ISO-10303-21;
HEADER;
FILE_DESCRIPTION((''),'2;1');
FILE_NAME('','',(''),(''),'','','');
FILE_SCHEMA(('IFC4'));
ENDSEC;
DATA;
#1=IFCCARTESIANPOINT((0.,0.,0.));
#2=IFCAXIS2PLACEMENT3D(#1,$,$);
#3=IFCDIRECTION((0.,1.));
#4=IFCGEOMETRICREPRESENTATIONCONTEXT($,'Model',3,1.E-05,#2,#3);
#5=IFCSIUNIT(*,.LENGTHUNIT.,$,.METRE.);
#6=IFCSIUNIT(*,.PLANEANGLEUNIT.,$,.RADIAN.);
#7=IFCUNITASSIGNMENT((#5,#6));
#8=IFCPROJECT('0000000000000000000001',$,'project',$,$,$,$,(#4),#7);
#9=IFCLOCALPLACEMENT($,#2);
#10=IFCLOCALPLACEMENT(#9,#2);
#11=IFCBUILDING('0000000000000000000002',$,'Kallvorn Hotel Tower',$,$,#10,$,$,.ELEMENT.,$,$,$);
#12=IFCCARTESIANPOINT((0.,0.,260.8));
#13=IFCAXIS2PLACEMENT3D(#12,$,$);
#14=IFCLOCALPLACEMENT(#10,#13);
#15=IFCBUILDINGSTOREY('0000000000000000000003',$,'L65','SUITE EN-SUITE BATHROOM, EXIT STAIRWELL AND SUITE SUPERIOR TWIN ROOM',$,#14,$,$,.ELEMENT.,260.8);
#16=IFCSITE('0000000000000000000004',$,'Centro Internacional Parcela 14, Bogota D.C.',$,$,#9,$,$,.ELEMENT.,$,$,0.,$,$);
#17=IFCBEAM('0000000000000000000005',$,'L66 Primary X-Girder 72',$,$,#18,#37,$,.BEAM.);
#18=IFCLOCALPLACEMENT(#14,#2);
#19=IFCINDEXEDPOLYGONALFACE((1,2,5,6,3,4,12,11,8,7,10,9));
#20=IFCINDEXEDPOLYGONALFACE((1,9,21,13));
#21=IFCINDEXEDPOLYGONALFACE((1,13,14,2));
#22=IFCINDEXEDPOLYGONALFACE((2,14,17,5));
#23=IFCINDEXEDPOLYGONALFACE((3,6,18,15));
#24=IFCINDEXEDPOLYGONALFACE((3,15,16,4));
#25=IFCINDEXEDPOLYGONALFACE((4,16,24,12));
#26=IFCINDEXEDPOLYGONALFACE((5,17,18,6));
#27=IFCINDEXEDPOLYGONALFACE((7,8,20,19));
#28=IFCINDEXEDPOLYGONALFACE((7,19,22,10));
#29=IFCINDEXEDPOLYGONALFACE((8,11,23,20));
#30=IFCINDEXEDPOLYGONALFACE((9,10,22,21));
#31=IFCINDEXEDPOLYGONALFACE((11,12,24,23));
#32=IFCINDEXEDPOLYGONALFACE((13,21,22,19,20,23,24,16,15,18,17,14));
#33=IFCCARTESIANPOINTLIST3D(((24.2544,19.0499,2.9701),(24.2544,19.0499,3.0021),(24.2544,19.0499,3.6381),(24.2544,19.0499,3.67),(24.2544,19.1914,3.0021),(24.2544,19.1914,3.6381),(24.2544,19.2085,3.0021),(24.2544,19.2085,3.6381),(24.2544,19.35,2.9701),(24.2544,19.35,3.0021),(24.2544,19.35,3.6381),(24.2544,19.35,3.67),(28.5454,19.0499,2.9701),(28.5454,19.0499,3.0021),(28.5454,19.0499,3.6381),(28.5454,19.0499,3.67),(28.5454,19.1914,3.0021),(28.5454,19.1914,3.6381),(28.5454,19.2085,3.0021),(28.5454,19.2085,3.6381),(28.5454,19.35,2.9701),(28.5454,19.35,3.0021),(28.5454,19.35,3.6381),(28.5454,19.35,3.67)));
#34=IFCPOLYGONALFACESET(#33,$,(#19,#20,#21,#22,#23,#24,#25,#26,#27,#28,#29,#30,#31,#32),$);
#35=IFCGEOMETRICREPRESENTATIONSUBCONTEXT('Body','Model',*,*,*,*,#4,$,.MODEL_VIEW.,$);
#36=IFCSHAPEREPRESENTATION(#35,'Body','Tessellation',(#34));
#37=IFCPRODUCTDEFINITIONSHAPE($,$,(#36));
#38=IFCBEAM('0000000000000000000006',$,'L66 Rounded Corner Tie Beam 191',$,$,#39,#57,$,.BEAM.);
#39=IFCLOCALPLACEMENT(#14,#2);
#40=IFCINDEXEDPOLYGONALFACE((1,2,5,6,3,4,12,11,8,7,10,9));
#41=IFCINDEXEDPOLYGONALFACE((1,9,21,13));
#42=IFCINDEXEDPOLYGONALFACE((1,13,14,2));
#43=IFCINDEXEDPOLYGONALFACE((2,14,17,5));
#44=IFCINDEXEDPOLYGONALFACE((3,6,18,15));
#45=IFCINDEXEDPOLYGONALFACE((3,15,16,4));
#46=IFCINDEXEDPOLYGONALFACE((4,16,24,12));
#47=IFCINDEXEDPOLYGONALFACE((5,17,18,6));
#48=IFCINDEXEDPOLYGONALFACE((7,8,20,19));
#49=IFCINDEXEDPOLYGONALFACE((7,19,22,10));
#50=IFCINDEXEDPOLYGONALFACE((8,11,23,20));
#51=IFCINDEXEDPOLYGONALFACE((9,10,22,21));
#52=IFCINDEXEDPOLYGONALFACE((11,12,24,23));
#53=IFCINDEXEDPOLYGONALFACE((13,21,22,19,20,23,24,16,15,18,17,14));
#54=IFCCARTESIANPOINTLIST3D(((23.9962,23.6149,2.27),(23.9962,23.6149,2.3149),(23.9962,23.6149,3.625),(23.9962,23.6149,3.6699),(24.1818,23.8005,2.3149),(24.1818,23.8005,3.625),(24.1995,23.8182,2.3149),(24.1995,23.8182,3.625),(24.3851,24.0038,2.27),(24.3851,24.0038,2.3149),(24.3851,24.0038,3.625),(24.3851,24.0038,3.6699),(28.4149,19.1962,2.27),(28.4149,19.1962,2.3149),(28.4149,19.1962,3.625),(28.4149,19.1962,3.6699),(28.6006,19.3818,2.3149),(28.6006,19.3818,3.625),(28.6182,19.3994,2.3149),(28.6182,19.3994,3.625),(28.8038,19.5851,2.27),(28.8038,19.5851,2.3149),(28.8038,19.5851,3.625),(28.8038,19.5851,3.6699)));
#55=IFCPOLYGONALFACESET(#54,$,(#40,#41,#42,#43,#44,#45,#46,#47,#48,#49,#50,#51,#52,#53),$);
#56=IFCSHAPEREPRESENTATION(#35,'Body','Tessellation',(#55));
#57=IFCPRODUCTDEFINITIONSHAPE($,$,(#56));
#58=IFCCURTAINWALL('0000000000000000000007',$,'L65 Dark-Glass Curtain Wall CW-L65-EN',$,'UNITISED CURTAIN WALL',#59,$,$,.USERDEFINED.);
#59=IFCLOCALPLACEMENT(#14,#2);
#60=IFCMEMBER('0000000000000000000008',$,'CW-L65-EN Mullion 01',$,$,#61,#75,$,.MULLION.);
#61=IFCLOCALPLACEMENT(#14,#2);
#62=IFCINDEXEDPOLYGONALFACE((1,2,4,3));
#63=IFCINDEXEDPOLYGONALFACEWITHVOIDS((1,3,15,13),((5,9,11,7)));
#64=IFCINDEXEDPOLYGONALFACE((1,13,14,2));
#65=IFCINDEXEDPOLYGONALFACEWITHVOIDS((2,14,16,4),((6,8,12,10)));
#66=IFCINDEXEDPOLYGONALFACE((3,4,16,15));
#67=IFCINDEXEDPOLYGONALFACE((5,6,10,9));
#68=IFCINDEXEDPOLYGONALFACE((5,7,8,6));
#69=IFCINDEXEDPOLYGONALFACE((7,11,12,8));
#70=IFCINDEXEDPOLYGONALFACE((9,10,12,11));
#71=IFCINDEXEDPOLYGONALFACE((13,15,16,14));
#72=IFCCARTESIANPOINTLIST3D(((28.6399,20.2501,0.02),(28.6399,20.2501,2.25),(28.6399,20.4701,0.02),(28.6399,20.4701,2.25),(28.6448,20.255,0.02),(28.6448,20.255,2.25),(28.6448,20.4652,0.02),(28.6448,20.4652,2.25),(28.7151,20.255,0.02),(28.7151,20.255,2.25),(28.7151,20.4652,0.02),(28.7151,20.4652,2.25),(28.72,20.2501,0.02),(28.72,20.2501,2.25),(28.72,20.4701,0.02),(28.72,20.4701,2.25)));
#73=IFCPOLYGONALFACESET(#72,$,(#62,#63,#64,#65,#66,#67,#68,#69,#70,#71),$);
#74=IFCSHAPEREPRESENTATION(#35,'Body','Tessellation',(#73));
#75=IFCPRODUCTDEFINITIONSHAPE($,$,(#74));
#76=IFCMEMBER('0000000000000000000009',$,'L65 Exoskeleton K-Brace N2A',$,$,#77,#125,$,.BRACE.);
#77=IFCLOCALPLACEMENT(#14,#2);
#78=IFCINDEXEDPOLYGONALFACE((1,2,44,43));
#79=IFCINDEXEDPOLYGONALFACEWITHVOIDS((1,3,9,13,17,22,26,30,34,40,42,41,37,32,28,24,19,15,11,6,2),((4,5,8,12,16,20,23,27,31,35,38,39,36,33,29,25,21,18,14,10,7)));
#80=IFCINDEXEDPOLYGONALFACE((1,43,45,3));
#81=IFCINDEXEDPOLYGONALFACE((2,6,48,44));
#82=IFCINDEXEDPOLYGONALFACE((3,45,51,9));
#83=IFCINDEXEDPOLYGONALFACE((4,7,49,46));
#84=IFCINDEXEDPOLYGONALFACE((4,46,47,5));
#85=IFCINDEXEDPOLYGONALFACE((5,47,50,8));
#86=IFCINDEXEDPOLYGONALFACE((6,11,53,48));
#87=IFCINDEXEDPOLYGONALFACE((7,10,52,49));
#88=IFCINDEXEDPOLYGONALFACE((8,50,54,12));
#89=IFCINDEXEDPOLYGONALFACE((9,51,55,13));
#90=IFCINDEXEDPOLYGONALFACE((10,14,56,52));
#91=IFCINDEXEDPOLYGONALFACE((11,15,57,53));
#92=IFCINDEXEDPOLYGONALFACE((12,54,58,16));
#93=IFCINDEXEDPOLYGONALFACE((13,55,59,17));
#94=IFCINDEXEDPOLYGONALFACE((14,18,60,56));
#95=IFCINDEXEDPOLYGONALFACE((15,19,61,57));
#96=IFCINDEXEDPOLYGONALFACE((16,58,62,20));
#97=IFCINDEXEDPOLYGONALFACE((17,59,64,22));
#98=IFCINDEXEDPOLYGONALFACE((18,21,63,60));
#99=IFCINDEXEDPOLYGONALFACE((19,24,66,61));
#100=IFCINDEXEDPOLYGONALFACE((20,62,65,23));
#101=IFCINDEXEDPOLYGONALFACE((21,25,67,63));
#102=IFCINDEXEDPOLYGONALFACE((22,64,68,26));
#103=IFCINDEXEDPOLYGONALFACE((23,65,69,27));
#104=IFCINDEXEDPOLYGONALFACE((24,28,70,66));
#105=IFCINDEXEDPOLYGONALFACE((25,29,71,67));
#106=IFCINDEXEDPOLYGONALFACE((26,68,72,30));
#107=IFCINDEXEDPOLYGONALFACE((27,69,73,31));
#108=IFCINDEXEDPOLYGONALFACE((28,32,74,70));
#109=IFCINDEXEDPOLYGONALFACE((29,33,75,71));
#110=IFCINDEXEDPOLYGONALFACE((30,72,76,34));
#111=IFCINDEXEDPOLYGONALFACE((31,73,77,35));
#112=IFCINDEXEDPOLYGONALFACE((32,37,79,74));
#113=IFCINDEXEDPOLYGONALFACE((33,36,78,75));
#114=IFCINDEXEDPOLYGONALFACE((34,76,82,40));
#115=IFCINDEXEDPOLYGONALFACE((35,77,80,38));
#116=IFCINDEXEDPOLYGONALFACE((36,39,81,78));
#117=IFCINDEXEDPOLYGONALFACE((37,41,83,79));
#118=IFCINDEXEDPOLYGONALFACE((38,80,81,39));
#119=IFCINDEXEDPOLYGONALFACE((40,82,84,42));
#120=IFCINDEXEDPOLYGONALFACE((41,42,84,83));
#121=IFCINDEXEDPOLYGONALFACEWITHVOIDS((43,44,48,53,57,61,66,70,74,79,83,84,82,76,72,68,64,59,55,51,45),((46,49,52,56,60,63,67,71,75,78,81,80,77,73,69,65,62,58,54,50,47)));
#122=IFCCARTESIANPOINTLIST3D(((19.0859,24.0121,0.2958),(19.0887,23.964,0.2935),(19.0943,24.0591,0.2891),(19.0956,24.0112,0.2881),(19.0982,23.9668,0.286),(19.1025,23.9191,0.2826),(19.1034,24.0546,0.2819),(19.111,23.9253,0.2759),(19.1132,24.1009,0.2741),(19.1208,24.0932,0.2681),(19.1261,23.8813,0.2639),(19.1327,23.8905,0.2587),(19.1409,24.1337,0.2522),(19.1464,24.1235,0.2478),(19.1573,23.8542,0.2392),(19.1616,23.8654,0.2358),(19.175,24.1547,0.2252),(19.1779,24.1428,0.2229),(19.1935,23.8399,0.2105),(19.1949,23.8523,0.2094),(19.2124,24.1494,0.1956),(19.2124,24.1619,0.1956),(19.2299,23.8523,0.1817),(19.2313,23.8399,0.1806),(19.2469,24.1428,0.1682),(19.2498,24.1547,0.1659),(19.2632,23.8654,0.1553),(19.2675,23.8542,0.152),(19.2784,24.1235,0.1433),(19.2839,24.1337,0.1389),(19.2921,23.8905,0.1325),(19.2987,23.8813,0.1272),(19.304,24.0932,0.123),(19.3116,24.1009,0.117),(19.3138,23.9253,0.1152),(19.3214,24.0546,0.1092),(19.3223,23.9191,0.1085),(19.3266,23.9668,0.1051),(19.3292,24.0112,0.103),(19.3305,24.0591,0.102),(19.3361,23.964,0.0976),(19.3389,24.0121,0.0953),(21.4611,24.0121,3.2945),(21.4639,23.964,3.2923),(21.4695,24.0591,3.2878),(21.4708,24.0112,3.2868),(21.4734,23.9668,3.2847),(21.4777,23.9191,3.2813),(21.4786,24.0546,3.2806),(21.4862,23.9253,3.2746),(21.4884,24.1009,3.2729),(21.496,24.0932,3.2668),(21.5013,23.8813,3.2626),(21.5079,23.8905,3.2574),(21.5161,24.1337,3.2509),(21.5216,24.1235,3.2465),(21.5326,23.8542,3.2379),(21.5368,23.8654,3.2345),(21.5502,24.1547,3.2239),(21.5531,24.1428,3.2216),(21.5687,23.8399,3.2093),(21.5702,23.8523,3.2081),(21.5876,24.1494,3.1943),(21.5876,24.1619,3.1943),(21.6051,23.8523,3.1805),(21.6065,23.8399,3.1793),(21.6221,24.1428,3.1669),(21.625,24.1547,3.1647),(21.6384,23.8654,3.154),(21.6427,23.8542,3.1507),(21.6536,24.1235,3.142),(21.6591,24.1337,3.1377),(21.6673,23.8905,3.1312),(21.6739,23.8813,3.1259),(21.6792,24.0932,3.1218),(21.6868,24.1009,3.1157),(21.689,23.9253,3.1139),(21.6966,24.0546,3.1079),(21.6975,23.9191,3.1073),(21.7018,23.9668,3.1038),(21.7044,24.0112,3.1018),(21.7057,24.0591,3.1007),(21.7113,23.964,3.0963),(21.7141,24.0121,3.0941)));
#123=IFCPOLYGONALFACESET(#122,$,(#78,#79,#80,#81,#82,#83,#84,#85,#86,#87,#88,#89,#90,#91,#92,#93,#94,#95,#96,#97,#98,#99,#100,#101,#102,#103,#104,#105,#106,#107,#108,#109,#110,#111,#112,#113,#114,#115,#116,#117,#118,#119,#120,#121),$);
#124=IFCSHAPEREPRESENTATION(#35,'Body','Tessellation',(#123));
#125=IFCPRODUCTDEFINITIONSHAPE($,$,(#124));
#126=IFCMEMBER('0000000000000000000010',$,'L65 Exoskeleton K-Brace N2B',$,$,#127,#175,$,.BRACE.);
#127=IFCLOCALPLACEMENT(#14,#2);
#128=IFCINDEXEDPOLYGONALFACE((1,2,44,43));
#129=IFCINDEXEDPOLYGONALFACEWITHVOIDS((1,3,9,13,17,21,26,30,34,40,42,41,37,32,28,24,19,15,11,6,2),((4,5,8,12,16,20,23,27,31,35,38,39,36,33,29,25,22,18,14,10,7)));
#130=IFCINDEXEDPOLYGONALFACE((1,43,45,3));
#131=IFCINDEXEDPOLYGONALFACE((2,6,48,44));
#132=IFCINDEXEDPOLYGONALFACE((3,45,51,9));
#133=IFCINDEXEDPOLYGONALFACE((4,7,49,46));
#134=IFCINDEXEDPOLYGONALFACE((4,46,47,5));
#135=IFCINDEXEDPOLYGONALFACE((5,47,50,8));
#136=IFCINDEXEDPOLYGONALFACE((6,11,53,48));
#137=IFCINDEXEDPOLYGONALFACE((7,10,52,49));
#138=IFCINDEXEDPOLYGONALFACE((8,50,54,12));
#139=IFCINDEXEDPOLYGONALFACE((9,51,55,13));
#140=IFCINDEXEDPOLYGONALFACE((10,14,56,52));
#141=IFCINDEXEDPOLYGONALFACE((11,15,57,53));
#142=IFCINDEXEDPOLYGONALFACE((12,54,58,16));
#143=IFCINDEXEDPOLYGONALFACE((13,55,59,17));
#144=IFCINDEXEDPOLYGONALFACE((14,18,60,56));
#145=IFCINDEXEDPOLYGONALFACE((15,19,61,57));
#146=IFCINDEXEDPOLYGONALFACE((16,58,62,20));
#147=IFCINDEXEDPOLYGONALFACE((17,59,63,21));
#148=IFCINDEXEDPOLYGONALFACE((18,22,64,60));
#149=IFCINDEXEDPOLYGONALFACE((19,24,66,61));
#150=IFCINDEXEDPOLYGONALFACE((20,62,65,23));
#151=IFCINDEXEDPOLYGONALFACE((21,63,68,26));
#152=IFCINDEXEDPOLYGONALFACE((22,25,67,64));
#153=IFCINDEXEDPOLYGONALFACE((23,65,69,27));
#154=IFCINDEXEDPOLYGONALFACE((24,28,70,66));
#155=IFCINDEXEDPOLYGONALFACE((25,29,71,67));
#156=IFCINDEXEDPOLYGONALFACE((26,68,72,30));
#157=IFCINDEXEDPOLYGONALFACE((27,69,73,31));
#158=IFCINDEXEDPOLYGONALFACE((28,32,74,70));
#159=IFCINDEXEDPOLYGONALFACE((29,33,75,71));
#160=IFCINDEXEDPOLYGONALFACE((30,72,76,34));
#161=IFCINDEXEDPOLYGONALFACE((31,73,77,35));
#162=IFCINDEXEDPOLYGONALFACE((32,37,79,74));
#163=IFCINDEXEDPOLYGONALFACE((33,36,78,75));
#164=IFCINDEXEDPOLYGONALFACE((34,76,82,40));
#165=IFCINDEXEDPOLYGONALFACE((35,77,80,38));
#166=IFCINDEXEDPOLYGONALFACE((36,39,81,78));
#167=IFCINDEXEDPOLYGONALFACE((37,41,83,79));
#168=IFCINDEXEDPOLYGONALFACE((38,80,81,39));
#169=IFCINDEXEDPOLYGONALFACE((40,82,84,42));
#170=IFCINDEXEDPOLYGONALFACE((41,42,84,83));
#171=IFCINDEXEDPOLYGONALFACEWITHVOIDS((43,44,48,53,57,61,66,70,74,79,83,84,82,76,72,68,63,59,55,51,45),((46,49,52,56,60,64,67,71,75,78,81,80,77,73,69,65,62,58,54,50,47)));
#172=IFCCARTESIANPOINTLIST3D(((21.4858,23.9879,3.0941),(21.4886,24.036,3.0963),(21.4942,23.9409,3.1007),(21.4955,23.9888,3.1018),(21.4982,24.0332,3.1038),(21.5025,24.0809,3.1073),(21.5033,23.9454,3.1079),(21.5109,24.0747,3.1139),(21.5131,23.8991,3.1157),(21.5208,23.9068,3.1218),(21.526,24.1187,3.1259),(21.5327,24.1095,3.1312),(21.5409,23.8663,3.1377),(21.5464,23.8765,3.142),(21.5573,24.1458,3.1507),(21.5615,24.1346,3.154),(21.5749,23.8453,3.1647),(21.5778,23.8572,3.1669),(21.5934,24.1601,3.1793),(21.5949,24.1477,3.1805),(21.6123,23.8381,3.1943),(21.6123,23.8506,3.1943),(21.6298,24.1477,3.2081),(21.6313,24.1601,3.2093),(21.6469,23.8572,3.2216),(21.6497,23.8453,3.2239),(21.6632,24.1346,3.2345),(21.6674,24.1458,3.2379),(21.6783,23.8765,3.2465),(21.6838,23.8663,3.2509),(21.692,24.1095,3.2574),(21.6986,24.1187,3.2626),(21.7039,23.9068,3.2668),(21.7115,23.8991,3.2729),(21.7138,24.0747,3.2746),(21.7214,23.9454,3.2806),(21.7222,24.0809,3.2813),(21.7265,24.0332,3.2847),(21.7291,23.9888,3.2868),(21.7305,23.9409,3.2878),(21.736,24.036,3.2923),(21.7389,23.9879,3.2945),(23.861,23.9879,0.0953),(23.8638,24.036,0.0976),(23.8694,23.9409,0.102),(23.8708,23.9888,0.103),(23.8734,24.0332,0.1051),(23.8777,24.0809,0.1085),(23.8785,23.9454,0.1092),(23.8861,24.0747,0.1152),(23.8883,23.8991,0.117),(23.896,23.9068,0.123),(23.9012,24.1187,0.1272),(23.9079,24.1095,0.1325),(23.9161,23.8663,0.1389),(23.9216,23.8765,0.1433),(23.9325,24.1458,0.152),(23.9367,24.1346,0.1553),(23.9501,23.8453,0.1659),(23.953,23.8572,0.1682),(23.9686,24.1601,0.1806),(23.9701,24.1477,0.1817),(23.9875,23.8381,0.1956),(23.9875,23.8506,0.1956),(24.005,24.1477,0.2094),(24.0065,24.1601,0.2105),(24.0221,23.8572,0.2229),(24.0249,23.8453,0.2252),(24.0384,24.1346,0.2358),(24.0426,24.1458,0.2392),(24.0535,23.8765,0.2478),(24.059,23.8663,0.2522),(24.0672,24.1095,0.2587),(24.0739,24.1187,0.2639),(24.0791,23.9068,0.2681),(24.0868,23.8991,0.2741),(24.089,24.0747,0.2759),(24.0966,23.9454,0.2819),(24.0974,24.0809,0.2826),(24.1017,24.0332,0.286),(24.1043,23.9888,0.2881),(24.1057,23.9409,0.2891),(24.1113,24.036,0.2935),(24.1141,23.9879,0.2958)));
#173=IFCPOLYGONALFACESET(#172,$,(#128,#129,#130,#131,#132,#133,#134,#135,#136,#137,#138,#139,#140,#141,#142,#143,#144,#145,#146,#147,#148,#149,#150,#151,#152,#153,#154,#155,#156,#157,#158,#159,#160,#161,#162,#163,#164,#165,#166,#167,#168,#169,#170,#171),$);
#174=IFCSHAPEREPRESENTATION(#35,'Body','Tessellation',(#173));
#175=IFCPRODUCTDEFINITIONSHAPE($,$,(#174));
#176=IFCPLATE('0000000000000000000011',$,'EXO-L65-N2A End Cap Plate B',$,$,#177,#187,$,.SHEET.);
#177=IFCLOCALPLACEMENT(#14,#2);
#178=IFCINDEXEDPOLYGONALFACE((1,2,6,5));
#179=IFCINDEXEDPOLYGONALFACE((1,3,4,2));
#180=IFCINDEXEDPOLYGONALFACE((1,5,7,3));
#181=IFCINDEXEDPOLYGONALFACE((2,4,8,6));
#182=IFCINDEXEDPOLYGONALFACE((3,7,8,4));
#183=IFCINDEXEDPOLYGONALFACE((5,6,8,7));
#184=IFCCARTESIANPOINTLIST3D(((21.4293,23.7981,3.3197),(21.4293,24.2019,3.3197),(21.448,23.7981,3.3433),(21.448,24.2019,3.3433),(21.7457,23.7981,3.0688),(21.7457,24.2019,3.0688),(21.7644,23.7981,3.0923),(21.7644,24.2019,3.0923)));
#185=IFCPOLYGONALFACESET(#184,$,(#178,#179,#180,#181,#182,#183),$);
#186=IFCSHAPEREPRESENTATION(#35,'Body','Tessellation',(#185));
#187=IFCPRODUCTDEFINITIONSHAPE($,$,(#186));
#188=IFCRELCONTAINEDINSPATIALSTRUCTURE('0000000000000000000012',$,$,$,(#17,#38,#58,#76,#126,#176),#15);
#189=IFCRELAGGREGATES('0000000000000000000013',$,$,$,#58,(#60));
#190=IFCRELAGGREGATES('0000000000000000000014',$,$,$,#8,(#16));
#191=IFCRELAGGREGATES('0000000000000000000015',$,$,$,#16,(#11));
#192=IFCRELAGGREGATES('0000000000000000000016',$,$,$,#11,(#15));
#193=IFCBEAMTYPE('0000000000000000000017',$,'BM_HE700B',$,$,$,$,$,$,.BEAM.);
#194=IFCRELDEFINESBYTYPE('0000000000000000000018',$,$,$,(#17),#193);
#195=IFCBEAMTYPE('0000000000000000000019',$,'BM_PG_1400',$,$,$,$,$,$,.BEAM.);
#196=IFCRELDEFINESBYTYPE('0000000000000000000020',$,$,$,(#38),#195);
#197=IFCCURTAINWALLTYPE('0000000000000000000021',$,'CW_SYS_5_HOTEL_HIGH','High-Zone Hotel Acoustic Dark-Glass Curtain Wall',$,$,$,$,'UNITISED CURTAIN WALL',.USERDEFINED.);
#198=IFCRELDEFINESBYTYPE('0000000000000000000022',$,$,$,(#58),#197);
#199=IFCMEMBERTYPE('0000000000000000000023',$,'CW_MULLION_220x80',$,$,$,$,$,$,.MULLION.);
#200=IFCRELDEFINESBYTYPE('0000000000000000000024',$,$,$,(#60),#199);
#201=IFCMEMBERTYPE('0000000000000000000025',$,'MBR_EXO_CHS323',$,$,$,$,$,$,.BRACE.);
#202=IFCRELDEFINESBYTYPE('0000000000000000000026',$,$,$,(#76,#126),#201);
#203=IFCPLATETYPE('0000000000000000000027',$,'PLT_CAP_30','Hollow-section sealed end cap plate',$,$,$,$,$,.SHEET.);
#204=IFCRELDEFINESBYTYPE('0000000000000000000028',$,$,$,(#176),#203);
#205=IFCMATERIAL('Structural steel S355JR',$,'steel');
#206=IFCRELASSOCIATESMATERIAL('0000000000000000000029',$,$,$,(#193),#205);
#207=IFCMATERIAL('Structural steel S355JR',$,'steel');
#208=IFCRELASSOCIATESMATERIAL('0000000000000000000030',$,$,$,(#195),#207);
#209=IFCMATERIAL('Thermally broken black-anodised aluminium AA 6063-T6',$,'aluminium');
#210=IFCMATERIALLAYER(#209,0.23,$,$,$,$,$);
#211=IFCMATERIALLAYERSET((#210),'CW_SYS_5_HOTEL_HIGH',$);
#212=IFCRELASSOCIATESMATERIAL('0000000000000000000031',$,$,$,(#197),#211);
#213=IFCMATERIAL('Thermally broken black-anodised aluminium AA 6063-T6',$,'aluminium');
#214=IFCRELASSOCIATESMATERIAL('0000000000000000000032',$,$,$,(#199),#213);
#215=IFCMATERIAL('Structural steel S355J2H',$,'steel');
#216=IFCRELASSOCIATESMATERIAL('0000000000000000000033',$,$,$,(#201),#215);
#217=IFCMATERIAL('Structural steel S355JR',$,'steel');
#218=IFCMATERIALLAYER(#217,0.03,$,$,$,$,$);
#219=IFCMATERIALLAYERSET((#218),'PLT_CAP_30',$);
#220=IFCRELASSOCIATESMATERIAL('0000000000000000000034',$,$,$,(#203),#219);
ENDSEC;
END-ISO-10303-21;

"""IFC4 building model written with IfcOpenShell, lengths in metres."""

from ifc_helpers import new_model, si_unit, direction, frame, origin, origin_2d, place, context, subcontext, project, spatial, polyline, hollow_rectangle, hollow_circle, i_section, outline, extrude, material, layer, layer_set, material_profile, profile_set, type_object, element, aggregate, save


model = new_model("IFC4")

# Units and contexts
model_context = context("Model", 3, precision=1e-05, world=origin(), true_north=direction((0.0, 1.0)))
body_context = subcontext(model_context, "Body", "Model", "MODEL_VIEW")
ifc_project = project(units=[si_unit("LENGTHUNIT", "METRE"), si_unit("PLANEANGLEUNIT", "RADIAN")], contexts=[model_context])

# Site, building, storey
site_placement = place(None, origin())
site = spatial("IfcSite", under=ifc_project, at=site_placement, Name="Centro Internacional Parcela 14, Bogota D.C.", CompositionType="ELEMENT", RefElevation=0.0)
building_placement = place(site_placement, origin())
building = spatial("IfcBuilding", under=site, at=building_placement, Name="Kallvorn Hotel Tower", CompositionType="ELEMENT")
storey_placement = place(building_placement, frame((0.0, 0.0, 260.8)))
storey = spatial("IfcBuildingStorey", under=building, at=storey_placement, Name="L65", Description="SUITE EN-SUITE BATHROOM, EXIT STAIRWELL AND SUITE SUPERIOR TWIN ROOM", CompositionType="ELEMENT", Elevation=260.8)

# Beams
ifc_material_1 = material(Name="Structural steel S355JR", Category="steel")
ifc_material_profile_1 = material_profile(ifc_material_1, i_section(OverallWidth=0.3, OverallDepth=0.7, WebThickness=0.0171, FlangeThickness=0.032, at=origin_2d()), Name="HE 700 B")
ifc_profile_set_1 = profile_set([ifc_material_profile_1], Name="Structural steel S355JR")
beam_type_1 = type_object("IfcBeamType", Name="BM_HE700B", PredefinedType="BEAM", material=ifc_profile_set_1)
for number, where, z_axis, x_axis, name in (
    (1, (24.2544, 19.2, 3.3201), (1.0, 0.0, 0.0), (0.0, 1.0, 0.0), "L66 Primary X-Girder 72"),
):
    element("IfcBeam", number, at=place(storey_placement, frame(where, z_axis=z_axis, x_axis=x_axis)), inside=storey, type_object=beam_type_1, Name=name, PredefinedType="BEAM", context=body_context, shape_type="SweptSolid", body=[
        extrude(i_section(OverallWidth=0.3, OverallDepth=0.7, WebThickness=0.0171, FlangeThickness=0.032, at=origin_2d()), origin(), (0.0, 0.0, 1.0), 4.291),
    ])
ifc_material_2 = material(Name="Structural steel S355JR", Category="steel")
ifc_material_profile_2 = material_profile(ifc_material_2, i_section(OverallWidth=0.55, OverallDepth=1.3999, WebThickness=0.0249, FlangeThickness=0.0449, at=origin_2d()), Name="PG 1400x550x25x45")
ifc_profile_set_2 = profile_set([ifc_material_profile_2], Name="Structural steel S355JR")
beam_type_2 = type_object("IfcBeamType", Name="BM_PG_1400", PredefinedType="BEAM", material=ifc_profile_set_2)
beam_1_placement = place(storey_placement, frame((28.6094, 19.3906, 2.97), z_axis=(-0.707107, 0.707107, 0.0), x_axis=(-0.707107, -0.707107, 0.0)))
element("IfcBeam", 2, at=beam_1_placement, inside=storey, type_object=beam_type_2, Name="L66 Rounded Corner Tie Beam 191", PredefinedType="BEAM", context=body_context, shape_type="SweptSolid", body=[
    extrude(i_section(OverallWidth=0.55, OverallDepth=1.3999, WebThickness=0.0249, FlangeThickness=0.0449, at=origin_2d()), origin(), (0.0, 0.0, 1.0), 6.249),
])

# Curtain wall, member
ifc_material_3 = material(Name="Thermally broken black-anodised aluminium AA 6063-T6", Category="aluminium")
ifc_layer_1 = layer(ifc_material_3, 0.23)
ifc_layer_set_1 = layer_set([ifc_layer_1], Name="CW_SYS_5_HOTEL_HIGH")
curtain_wall_type = type_object("IfcCurtainWallType", Name="CW_SYS_5_HOTEL_HIGH", Description="High-Zone Hotel Acoustic Dark-Glass Curtain Wall", ElementType="UNITISED CURTAIN WALL", PredefinedType="USERDEFINED", material=ifc_layer_set_1)
curtain_wall_placement = place(storey_placement, origin())
curtain_wall = element("IfcCurtainWall", 3, at=curtain_wall_placement, inside=storey, type_object=curtain_wall_type, Name="L65 Dark-Glass Curtain Wall CW-L65-EN", ObjectType="UNITISED CURTAIN WALL", PredefinedType="USERDEFINED")
ifc_material_4 = material(Name="Thermally broken black-anodised aluminium AA 6063-T6", Category="aluminium")
ifc_material_profile_3 = material_profile(ifc_material_4, hollow_rectangle(XDim=0.0801, YDim=0.22, WallThickness=0.0049, at=origin_2d()), Name="MUL 220x80")
ifc_profile_set_3 = profile_set([ifc_material_profile_3], Name="Thermally broken black-anodised aluminium AA 6063-T6")
member_type_1 = type_object("IfcMemberType", Name="CW_MULLION_220x80", PredefinedType="MULLION", material=ifc_profile_set_3)
member_placement = place(storey_placement, frame((28.6799, 20.3601, 0.02), z_axis=(0.0, 0.0, 1.0), x_axis=(1.0, 0.0, 0.0)))
member = element("IfcMember", 4, at=member_placement, type_object=member_type_1, Name="CW-L65-EN Mullion 01", PredefinedType="MULLION", context=body_context, shape_type="SweptSolid", body=[
    extrude(hollow_rectangle(XDim=0.0801, YDim=0.22, WallThickness=0.0049, at=origin_2d()), origin(), (0.0, 0.0, 1.0), 2.23),
])
aggregate(curtain_wall, [member])

# Members
ifc_material_5 = material(Name="Structural steel S355J2H", Category="steel")
ifc_material_profile_4 = material_profile(ifc_material_5, hollow_circle(Radius=0.1619, WallThickness=0.0125, at=origin_2d()), Name="CHS 323.9x12.5")
ifc_profile_set_4 = profile_set([ifc_material_profile_4], Name="Structural steel S355J2H")
member_type_2 = type_object("IfcMemberType", Name="MBR_EXO_CHS323", PredefinedType="BRACE", material=ifc_profile_set_4)
for number, where, z_axis, x_axis, name in (
    (5, (19.2124, 24.0, 0.1956), (0.620897, 0.0, 0.783892), (0.0, 1.0, 0.0), "L65 Exoskeleton K-Brace N2A"),
    (6, (23.9875, 24.0, 0.1956), (-0.620897, 0.0, 0.783892), (0.0, -1.0, 0.0), "L65 Exoskeleton K-Brace N2B"),
):
    element("IfcMember", number, at=place(storey_placement, frame(where, z_axis=z_axis, x_axis=x_axis)), inside=storey, type_object=member_type_2, Name=name, PredefinedType="BRACE", context=body_context, shape_type="SweptSolid", body=[
        extrude(hollow_circle(Radius=0.1619, WallThickness=0.0125, at=origin_2d()), origin(), (0.0, 0.0, 1.0), 3.8254),
    ])

# Plate
ifc_material_6 = material(Name="Structural steel S355JR", Category="steel")
ifc_layer_2 = layer(ifc_material_6, 0.03)
ifc_layer_set_2 = layer_set([ifc_layer_2], Name="PLT_CAP_30")
plate_type_1 = type_object("IfcPlateType", Name="PLT_CAP_30", Description="Hollow-section sealed end cap plate", PredefinedType="SHEET", material=ifc_layer_set_2)
plate_1_placement = place(storey_placement, frame((21.7644, 23.7981, 3.0923), z_axis=(0.621446, 0.0, 0.783457), x_axis=(0.0, 1.0, 0.0)))
element("IfcPlate", 7, at=plate_1_placement, inside=storey, type_object=plate_type_1, Name="EXO-L65-N2A End Cap Plate B", PredefinedType="SHEET", context=body_context, shape_type="SweptSolid", body=[
    extrude(outline(polyline([(0.0, 0.0), (0.4038, 0.0), (0.4038, 0.4039), (0.0, 0.4039), (0.0, 0.0)])), origin(), (0.0, 0.0, -1.0), 0.03),
])

save(model, "model.ifc")
